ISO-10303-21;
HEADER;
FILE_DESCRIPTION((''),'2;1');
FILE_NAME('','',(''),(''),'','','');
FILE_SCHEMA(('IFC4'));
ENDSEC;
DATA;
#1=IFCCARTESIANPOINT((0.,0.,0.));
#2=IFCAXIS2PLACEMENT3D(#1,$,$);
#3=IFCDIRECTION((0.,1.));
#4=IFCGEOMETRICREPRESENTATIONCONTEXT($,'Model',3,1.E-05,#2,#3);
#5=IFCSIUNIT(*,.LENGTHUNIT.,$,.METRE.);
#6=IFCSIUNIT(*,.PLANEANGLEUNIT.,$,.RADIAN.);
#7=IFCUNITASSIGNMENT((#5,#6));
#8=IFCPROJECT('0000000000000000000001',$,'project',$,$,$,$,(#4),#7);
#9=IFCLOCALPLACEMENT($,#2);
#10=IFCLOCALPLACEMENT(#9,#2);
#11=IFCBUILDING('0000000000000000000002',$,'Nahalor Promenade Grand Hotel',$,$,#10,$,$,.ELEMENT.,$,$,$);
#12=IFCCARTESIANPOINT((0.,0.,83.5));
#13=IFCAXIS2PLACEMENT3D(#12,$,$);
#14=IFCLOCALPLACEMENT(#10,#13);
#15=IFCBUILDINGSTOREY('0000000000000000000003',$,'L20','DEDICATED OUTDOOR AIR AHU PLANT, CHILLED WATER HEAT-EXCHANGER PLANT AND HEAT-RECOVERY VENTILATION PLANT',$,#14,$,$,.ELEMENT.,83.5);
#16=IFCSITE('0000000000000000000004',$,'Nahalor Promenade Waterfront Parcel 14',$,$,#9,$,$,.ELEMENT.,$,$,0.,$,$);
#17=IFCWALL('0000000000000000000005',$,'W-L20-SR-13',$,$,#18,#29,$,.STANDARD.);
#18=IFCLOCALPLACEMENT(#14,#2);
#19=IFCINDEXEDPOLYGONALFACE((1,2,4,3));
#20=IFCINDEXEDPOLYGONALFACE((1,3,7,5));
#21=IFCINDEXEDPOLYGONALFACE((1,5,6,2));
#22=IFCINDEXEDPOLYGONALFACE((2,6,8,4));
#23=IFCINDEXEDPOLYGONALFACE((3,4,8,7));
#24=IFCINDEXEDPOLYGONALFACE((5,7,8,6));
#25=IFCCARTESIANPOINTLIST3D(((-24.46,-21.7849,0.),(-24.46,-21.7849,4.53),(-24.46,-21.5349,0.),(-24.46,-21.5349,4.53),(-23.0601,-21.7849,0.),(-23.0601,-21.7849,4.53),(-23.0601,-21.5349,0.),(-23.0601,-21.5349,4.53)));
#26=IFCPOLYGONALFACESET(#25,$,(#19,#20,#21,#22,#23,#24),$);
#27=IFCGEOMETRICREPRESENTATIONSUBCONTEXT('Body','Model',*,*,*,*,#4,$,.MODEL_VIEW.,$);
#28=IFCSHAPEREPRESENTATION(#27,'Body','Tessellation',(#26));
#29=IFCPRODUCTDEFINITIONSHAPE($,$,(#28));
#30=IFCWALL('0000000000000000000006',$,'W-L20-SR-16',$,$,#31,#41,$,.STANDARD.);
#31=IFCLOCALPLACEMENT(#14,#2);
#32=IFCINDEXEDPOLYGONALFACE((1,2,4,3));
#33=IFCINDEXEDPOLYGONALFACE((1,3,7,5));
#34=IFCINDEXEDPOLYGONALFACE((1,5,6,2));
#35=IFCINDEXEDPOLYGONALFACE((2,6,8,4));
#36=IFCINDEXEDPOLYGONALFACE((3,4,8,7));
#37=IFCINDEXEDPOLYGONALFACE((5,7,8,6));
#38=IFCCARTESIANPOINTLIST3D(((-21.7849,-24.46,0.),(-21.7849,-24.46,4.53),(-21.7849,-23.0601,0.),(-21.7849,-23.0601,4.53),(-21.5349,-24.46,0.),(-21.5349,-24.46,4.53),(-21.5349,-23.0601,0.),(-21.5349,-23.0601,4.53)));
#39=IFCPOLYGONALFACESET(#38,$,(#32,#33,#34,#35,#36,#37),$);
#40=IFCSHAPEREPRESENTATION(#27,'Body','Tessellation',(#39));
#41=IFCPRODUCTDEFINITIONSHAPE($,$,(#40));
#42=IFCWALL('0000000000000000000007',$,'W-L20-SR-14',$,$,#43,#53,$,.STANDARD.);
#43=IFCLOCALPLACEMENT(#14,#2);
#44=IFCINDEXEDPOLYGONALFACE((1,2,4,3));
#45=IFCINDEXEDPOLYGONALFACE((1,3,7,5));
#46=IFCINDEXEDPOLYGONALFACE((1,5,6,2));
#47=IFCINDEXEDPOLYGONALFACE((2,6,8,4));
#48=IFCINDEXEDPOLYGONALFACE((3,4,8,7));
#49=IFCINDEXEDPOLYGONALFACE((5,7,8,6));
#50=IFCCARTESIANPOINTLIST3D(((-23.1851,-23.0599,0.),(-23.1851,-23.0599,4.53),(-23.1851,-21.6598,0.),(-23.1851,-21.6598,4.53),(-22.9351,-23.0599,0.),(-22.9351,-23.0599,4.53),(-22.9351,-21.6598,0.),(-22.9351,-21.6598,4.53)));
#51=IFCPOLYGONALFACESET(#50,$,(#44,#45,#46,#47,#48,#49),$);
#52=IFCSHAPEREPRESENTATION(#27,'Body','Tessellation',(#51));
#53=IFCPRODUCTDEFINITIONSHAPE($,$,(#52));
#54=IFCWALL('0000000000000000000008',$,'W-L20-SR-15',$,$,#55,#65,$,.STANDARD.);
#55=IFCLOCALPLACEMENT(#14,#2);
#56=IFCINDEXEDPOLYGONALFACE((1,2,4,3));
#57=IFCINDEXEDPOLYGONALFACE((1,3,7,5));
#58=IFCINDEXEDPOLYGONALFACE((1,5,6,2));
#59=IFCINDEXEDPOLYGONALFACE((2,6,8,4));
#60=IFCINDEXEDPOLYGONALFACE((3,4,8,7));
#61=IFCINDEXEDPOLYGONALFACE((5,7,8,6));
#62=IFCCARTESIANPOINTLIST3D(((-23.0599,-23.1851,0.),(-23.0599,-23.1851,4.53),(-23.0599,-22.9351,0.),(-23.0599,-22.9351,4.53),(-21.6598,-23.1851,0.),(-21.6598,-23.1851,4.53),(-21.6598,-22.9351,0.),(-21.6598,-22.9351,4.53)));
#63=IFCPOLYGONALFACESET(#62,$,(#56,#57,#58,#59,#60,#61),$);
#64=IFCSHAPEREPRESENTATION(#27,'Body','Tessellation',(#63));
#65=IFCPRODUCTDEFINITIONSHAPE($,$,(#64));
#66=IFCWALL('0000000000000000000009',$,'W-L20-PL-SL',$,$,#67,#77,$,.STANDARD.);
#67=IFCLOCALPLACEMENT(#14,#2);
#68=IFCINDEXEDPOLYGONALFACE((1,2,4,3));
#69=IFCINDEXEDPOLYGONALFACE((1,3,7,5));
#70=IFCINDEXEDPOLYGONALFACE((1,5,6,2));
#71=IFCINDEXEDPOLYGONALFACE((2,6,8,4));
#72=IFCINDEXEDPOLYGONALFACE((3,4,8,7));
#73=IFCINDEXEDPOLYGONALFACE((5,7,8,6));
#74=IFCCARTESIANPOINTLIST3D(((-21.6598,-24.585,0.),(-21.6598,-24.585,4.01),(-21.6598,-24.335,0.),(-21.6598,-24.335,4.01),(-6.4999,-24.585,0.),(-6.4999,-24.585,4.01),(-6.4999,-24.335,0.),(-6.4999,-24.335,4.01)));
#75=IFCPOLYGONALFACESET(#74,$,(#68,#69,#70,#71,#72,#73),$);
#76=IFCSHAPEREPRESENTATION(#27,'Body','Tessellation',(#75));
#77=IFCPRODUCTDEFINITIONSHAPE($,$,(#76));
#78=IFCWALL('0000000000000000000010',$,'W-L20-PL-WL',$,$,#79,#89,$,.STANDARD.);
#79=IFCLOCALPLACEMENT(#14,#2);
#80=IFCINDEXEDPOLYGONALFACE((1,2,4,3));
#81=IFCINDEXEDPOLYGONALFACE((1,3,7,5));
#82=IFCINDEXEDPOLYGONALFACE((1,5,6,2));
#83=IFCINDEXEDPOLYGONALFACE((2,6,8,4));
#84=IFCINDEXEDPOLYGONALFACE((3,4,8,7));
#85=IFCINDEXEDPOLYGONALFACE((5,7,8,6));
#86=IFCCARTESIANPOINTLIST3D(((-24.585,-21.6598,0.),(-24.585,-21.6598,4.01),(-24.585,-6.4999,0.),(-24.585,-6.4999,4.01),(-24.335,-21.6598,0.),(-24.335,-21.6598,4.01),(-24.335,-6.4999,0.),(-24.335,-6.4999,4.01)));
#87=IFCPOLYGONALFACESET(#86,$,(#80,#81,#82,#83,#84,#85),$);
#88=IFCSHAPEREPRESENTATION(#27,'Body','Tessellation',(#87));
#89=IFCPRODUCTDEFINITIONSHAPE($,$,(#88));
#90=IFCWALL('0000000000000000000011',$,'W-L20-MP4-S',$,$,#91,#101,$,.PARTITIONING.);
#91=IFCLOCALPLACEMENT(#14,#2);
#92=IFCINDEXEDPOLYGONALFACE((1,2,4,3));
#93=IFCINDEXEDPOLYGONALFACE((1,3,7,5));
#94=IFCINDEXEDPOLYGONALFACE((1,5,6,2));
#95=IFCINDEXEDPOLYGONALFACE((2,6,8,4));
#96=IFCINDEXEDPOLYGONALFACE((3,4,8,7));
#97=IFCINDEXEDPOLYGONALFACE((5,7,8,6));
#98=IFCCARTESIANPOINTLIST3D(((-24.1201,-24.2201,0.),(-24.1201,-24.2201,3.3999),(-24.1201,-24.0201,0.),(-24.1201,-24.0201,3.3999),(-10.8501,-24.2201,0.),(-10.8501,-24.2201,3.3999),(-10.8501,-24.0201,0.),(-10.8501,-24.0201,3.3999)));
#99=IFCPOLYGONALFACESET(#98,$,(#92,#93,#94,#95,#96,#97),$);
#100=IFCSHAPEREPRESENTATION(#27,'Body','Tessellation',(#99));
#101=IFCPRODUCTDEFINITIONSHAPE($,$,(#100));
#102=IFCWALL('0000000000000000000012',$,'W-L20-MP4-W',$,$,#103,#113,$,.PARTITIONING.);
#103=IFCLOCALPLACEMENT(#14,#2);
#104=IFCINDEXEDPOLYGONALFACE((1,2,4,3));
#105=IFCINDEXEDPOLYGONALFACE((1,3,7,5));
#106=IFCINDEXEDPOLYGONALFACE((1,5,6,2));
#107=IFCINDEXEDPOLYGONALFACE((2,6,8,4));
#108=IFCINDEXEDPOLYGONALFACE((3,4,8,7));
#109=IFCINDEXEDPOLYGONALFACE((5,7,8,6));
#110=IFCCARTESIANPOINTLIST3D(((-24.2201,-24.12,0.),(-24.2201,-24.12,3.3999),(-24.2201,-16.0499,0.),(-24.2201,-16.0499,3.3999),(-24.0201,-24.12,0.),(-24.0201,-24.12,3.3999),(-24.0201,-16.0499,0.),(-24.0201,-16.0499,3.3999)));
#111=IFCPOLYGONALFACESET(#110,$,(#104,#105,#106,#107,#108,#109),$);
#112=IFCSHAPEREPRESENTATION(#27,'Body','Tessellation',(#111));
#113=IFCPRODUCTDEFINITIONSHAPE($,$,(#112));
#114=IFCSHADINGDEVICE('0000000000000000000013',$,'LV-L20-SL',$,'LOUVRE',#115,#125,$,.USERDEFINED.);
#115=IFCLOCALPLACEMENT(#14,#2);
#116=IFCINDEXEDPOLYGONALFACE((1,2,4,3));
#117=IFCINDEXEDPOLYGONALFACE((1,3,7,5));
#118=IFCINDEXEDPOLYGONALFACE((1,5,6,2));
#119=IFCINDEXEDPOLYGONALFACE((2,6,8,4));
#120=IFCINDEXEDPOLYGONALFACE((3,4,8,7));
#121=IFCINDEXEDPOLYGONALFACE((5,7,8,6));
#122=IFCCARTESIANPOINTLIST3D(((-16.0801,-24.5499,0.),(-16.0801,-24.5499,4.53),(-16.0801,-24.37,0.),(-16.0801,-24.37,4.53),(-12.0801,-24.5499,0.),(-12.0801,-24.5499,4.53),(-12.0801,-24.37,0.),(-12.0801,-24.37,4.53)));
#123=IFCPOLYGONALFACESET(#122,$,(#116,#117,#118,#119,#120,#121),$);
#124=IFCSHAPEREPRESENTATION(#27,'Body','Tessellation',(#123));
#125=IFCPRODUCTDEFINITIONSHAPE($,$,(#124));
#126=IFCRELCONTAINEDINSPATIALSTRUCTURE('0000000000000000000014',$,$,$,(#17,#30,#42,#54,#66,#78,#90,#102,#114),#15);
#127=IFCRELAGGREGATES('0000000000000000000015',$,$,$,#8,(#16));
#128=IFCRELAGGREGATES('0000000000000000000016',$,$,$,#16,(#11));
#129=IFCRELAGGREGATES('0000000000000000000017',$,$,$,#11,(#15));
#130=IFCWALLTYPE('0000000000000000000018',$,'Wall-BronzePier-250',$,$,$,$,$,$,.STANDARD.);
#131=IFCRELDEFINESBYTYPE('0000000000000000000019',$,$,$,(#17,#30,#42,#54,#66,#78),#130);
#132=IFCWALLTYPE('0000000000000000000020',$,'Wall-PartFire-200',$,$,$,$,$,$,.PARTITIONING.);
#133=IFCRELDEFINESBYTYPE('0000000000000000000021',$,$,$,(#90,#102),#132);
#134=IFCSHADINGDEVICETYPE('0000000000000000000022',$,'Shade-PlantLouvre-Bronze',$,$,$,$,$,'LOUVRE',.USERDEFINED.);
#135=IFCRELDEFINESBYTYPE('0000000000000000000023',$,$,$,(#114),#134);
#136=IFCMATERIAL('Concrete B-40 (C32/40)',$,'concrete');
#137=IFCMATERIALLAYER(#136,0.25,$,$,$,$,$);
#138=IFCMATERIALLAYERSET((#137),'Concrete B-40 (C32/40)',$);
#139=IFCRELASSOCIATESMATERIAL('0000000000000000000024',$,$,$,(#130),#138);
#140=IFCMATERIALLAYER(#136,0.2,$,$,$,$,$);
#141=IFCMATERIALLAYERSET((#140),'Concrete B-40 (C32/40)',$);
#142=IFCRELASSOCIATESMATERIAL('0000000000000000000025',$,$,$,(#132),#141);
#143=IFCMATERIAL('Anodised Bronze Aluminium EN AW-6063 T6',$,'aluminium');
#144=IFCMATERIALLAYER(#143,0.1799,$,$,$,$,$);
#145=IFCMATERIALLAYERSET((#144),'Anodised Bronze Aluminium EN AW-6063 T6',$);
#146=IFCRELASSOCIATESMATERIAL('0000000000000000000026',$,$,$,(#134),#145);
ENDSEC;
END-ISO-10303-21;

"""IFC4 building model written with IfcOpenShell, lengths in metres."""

from ifc_helpers import new_model, si_unit, direction, frame, frame_2d, origin, origin_2d, place, context, subcontext, project, spatial, rectangle, extrude, source, transform, mapped, material, layer, layer_set, type_object, element, save


model = new_model("IFC4")

# Units and contexts
model_context = context("Model", 3, precision=1e-05, world=origin(), true_north=direction((0.0, 1.0)))
body_context = subcontext(model_context, "Body", "Model", "MODEL_VIEW")
ifc_project = project(units=[si_unit("LENGTHUNIT", "METRE"), si_unit("PLANEANGLEUNIT", "RADIAN")], contexts=[model_context])

# Site, building, storey
site_placement = place(None, origin())
site = spatial("IfcSite", under=ifc_project, at=site_placement, Name="Nahalor Promenade Waterfront Parcel 14", CompositionType="ELEMENT", RefElevation=0.0)
building_placement = place(site_placement, origin())
building = spatial("IfcBuilding", under=site, at=building_placement, Name="Nahalor Promenade Grand Hotel", CompositionType="ELEMENT")
storey_placement = place(building_placement, frame((0.0, 0.0, 83.5)))
storey = spatial("IfcBuildingStorey", under=building, at=storey_placement, Name="L20", Description="DEDICATED OUTDOOR AIR AHU PLANT, CHILLED WATER HEAT-EXCHANGER PLANT AND HEAT-RECOVERY VENTILATION PLANT", CompositionType="ELEMENT", Elevation=83.5)

# Walls
ifc_material_1 = material(Name="Concrete B-40 (C32/40)", Category="concrete")
ifc_layer_1 = layer(ifc_material_1, 0.25)
ifc_layer_set_1 = layer_set([ifc_layer_1], Name="Concrete B-40 (C32/40)")
wall_type_1 = type_object("IfcWallType", Name="Wall-BronzePier-250", PredefinedType="STANDARD", material=ifc_layer_set_1)
shared_shape_1 = source(origin(), body_context, "Body", "SweptSolid", [
    extrude(rectangle(XDim=1.3999, YDim=0.25, at=frame_2d((0.7, 0.0))), origin(), (0.0, 0.0, 1.0), 4.53),
])
for number, where, z_axis, x_axis, name in (
    (1, (-24.46, -21.6599, 0.0), (0.0, 0.0, 1.0), (1.0, 0.0, 0.0), "W-L20-SR-13"),
    (2, (-21.6599, -24.46, 0.0), (0.0, 0.0, 1.0), (0.0, 1.0, 0.0), "W-L20-SR-16"),
):
    element("IfcWall", number, at=place(storey_placement, frame(where, z_axis=z_axis, x_axis=x_axis)), inside=storey, type_object=wall_type_1, Name=name, PredefinedType="STANDARD", context=body_context, shape_type="MappedRepresentation", body=[
        mapped(shared_shape_1, transform((0.0, 0.0, 0.0), scale=1.0)),
    ])
shared_shape_2 = source(origin(), body_context, "Body", "SweptSolid", [
    extrude(rectangle(XDim=1.4001, YDim=0.25, at=frame_2d((0.7002, 0.0))), origin(), (0.0, 0.0, 1.0), 4.53),
])
for number, where, z_axis, x_axis, name in (
    (3, (-23.0601, -23.0601, 0.0), (0.0, 0.0, 1.0), (0.0, 1.0, 0.0), "W-L20-SR-14"),
    (4, (-23.0601, -23.0601, 0.0), (0.0, 0.0, 1.0), (1.0, 0.0, 0.0), "W-L20-SR-15"),
):
    element("IfcWall", number, at=place(storey_placement, frame(where, z_axis=z_axis, x_axis=x_axis)), inside=storey, type_object=wall_type_1, Name=name, PredefinedType="STANDARD", context=body_context, shape_type="MappedRepresentation", body=[
        mapped(shared_shape_2, transform((0.0, 0.0, 0.0), scale=1.0)),
    ])
shared_shape_3 = source(origin(), body_context, "Body", "SweptSolid", [
    extrude(rectangle(XDim=15.1599, YDim=0.25, at=frame_2d((7.5801, 0.0))), origin(), (0.0, 0.0, 1.0), 4.01),
])
for number, where, z_axis, x_axis, name in (
    (5, (-21.6599, -24.46, 0.0), (0.0, 0.0, 1.0), (1.0, 0.0, 0.0), "W-L20-PL-SL"),
    (6, (-24.46, -21.6599, 0.0), (0.0, 0.0, 1.0), (0.0, 1.0, 0.0), "W-L20-PL-WL"),
):
    element("IfcWall", number, at=place(storey_placement, frame(where, z_axis=z_axis, x_axis=x_axis)), inside=storey, type_object=wall_type_1, Name=name, PredefinedType="STANDARD", context=body_context, shape_type="MappedRepresentation", body=[
        mapped(shared_shape_3, transform((0.0, 0.0, 0.0), scale=1.0)),
    ])
ifc_layer_2 = layer(ifc_material_1, 0.2)
ifc_layer_set_2 = layer_set([ifc_layer_2], Name="Concrete B-40 (C32/40)")
wall_type_2 = type_object("IfcWallType", Name="Wall-PartFire-200", PredefinedType="PARTITIONING", material=ifc_layer_set_2)
shared_shape_4 = source(origin(), body_context, "Body", "SweptSolid", [
    extrude(rectangle(XDim=13.27, YDim=0.2, at=frame_2d((6.635, 0.0))), origin(), (0.0, 0.0, 1.0), 3.3999),
])
wall_1_placement = place(storey_placement, frame((-24.1201, -24.1201, 0.0), z_axis=(0.0, 0.0, 1.0), x_axis=(1.0, 0.0, 0.0)))
element("IfcWall", 7, at=wall_1_placement, inside=storey, type_object=wall_type_2, Name="W-L20-MP4-S", PredefinedType="PARTITIONING", context=body_context, shape_type="MappedRepresentation", body=[
    mapped(shared_shape_4, transform((0.0, 0.0, 0.0), scale=1.0)),
])
shared_shape_5 = source(origin(), body_context, "Body", "SweptSolid", [
    extrude(rectangle(XDim=8.0701, YDim=0.2, at=frame_2d((4.0352, 0.0))), origin(), (0.0, 0.0, 1.0), 3.3999),
])
wall_2_placement = place(storey_placement, frame((-24.1201, -24.1201, 0.0), z_axis=(0.0, 0.0, 1.0), x_axis=(0.0, 1.0, 0.0)))
element("IfcWall", 8, at=wall_2_placement, inside=storey, type_object=wall_type_2, Name="W-L20-MP4-W", PredefinedType="PARTITIONING", context=body_context, shape_type="MappedRepresentation", body=[
    mapped(shared_shape_5, transform((0.0, 0.0, 0.0), scale=1.0)),
])

# Shading device
ifc_material_2 = material(Name="Anodised Bronze Aluminium EN AW-6063 T6", Category="aluminium")
ifc_layer_3 = layer(ifc_material_2, 0.1799)
ifc_layer_set_3 = layer_set([ifc_layer_3], Name="Anodised Bronze Aluminium EN AW-6063 T6")
shading_device_type = type_object("IfcShadingDeviceType", Name="Shade-PlantLouvre-Bronze", ElementType="LOUVRE", PredefinedType="USERDEFINED", material=ifc_layer_set_3)
shared_shape_6 = source(origin(), body_context, "Body", "SweptSolid", [
    extrude(rectangle(XDim=4.0, YDim=0.1799, at=origin_2d()), origin(), (0.0, 0.0, 1.0), 4.53),
])
shading_device_placement = place(storey_placement, frame((-14.0801, -24.46, 0.0), z_axis=(0.0, 0.0, 1.0), x_axis=(1.0, 0.0, 0.0)))
element("IfcShadingDevice", 9, at=shading_device_placement, inside=storey, type_object=shading_device_type, Name="LV-L20-SL", ObjectType="LOUVRE", PredefinedType="USERDEFINED", context=body_context, shape_type="MappedRepresentation", body=[
    mapped(shared_shape_6, transform((0.0, 0.0, 0.0), scale=1.0)),
])

save(model, "model.ifc")
